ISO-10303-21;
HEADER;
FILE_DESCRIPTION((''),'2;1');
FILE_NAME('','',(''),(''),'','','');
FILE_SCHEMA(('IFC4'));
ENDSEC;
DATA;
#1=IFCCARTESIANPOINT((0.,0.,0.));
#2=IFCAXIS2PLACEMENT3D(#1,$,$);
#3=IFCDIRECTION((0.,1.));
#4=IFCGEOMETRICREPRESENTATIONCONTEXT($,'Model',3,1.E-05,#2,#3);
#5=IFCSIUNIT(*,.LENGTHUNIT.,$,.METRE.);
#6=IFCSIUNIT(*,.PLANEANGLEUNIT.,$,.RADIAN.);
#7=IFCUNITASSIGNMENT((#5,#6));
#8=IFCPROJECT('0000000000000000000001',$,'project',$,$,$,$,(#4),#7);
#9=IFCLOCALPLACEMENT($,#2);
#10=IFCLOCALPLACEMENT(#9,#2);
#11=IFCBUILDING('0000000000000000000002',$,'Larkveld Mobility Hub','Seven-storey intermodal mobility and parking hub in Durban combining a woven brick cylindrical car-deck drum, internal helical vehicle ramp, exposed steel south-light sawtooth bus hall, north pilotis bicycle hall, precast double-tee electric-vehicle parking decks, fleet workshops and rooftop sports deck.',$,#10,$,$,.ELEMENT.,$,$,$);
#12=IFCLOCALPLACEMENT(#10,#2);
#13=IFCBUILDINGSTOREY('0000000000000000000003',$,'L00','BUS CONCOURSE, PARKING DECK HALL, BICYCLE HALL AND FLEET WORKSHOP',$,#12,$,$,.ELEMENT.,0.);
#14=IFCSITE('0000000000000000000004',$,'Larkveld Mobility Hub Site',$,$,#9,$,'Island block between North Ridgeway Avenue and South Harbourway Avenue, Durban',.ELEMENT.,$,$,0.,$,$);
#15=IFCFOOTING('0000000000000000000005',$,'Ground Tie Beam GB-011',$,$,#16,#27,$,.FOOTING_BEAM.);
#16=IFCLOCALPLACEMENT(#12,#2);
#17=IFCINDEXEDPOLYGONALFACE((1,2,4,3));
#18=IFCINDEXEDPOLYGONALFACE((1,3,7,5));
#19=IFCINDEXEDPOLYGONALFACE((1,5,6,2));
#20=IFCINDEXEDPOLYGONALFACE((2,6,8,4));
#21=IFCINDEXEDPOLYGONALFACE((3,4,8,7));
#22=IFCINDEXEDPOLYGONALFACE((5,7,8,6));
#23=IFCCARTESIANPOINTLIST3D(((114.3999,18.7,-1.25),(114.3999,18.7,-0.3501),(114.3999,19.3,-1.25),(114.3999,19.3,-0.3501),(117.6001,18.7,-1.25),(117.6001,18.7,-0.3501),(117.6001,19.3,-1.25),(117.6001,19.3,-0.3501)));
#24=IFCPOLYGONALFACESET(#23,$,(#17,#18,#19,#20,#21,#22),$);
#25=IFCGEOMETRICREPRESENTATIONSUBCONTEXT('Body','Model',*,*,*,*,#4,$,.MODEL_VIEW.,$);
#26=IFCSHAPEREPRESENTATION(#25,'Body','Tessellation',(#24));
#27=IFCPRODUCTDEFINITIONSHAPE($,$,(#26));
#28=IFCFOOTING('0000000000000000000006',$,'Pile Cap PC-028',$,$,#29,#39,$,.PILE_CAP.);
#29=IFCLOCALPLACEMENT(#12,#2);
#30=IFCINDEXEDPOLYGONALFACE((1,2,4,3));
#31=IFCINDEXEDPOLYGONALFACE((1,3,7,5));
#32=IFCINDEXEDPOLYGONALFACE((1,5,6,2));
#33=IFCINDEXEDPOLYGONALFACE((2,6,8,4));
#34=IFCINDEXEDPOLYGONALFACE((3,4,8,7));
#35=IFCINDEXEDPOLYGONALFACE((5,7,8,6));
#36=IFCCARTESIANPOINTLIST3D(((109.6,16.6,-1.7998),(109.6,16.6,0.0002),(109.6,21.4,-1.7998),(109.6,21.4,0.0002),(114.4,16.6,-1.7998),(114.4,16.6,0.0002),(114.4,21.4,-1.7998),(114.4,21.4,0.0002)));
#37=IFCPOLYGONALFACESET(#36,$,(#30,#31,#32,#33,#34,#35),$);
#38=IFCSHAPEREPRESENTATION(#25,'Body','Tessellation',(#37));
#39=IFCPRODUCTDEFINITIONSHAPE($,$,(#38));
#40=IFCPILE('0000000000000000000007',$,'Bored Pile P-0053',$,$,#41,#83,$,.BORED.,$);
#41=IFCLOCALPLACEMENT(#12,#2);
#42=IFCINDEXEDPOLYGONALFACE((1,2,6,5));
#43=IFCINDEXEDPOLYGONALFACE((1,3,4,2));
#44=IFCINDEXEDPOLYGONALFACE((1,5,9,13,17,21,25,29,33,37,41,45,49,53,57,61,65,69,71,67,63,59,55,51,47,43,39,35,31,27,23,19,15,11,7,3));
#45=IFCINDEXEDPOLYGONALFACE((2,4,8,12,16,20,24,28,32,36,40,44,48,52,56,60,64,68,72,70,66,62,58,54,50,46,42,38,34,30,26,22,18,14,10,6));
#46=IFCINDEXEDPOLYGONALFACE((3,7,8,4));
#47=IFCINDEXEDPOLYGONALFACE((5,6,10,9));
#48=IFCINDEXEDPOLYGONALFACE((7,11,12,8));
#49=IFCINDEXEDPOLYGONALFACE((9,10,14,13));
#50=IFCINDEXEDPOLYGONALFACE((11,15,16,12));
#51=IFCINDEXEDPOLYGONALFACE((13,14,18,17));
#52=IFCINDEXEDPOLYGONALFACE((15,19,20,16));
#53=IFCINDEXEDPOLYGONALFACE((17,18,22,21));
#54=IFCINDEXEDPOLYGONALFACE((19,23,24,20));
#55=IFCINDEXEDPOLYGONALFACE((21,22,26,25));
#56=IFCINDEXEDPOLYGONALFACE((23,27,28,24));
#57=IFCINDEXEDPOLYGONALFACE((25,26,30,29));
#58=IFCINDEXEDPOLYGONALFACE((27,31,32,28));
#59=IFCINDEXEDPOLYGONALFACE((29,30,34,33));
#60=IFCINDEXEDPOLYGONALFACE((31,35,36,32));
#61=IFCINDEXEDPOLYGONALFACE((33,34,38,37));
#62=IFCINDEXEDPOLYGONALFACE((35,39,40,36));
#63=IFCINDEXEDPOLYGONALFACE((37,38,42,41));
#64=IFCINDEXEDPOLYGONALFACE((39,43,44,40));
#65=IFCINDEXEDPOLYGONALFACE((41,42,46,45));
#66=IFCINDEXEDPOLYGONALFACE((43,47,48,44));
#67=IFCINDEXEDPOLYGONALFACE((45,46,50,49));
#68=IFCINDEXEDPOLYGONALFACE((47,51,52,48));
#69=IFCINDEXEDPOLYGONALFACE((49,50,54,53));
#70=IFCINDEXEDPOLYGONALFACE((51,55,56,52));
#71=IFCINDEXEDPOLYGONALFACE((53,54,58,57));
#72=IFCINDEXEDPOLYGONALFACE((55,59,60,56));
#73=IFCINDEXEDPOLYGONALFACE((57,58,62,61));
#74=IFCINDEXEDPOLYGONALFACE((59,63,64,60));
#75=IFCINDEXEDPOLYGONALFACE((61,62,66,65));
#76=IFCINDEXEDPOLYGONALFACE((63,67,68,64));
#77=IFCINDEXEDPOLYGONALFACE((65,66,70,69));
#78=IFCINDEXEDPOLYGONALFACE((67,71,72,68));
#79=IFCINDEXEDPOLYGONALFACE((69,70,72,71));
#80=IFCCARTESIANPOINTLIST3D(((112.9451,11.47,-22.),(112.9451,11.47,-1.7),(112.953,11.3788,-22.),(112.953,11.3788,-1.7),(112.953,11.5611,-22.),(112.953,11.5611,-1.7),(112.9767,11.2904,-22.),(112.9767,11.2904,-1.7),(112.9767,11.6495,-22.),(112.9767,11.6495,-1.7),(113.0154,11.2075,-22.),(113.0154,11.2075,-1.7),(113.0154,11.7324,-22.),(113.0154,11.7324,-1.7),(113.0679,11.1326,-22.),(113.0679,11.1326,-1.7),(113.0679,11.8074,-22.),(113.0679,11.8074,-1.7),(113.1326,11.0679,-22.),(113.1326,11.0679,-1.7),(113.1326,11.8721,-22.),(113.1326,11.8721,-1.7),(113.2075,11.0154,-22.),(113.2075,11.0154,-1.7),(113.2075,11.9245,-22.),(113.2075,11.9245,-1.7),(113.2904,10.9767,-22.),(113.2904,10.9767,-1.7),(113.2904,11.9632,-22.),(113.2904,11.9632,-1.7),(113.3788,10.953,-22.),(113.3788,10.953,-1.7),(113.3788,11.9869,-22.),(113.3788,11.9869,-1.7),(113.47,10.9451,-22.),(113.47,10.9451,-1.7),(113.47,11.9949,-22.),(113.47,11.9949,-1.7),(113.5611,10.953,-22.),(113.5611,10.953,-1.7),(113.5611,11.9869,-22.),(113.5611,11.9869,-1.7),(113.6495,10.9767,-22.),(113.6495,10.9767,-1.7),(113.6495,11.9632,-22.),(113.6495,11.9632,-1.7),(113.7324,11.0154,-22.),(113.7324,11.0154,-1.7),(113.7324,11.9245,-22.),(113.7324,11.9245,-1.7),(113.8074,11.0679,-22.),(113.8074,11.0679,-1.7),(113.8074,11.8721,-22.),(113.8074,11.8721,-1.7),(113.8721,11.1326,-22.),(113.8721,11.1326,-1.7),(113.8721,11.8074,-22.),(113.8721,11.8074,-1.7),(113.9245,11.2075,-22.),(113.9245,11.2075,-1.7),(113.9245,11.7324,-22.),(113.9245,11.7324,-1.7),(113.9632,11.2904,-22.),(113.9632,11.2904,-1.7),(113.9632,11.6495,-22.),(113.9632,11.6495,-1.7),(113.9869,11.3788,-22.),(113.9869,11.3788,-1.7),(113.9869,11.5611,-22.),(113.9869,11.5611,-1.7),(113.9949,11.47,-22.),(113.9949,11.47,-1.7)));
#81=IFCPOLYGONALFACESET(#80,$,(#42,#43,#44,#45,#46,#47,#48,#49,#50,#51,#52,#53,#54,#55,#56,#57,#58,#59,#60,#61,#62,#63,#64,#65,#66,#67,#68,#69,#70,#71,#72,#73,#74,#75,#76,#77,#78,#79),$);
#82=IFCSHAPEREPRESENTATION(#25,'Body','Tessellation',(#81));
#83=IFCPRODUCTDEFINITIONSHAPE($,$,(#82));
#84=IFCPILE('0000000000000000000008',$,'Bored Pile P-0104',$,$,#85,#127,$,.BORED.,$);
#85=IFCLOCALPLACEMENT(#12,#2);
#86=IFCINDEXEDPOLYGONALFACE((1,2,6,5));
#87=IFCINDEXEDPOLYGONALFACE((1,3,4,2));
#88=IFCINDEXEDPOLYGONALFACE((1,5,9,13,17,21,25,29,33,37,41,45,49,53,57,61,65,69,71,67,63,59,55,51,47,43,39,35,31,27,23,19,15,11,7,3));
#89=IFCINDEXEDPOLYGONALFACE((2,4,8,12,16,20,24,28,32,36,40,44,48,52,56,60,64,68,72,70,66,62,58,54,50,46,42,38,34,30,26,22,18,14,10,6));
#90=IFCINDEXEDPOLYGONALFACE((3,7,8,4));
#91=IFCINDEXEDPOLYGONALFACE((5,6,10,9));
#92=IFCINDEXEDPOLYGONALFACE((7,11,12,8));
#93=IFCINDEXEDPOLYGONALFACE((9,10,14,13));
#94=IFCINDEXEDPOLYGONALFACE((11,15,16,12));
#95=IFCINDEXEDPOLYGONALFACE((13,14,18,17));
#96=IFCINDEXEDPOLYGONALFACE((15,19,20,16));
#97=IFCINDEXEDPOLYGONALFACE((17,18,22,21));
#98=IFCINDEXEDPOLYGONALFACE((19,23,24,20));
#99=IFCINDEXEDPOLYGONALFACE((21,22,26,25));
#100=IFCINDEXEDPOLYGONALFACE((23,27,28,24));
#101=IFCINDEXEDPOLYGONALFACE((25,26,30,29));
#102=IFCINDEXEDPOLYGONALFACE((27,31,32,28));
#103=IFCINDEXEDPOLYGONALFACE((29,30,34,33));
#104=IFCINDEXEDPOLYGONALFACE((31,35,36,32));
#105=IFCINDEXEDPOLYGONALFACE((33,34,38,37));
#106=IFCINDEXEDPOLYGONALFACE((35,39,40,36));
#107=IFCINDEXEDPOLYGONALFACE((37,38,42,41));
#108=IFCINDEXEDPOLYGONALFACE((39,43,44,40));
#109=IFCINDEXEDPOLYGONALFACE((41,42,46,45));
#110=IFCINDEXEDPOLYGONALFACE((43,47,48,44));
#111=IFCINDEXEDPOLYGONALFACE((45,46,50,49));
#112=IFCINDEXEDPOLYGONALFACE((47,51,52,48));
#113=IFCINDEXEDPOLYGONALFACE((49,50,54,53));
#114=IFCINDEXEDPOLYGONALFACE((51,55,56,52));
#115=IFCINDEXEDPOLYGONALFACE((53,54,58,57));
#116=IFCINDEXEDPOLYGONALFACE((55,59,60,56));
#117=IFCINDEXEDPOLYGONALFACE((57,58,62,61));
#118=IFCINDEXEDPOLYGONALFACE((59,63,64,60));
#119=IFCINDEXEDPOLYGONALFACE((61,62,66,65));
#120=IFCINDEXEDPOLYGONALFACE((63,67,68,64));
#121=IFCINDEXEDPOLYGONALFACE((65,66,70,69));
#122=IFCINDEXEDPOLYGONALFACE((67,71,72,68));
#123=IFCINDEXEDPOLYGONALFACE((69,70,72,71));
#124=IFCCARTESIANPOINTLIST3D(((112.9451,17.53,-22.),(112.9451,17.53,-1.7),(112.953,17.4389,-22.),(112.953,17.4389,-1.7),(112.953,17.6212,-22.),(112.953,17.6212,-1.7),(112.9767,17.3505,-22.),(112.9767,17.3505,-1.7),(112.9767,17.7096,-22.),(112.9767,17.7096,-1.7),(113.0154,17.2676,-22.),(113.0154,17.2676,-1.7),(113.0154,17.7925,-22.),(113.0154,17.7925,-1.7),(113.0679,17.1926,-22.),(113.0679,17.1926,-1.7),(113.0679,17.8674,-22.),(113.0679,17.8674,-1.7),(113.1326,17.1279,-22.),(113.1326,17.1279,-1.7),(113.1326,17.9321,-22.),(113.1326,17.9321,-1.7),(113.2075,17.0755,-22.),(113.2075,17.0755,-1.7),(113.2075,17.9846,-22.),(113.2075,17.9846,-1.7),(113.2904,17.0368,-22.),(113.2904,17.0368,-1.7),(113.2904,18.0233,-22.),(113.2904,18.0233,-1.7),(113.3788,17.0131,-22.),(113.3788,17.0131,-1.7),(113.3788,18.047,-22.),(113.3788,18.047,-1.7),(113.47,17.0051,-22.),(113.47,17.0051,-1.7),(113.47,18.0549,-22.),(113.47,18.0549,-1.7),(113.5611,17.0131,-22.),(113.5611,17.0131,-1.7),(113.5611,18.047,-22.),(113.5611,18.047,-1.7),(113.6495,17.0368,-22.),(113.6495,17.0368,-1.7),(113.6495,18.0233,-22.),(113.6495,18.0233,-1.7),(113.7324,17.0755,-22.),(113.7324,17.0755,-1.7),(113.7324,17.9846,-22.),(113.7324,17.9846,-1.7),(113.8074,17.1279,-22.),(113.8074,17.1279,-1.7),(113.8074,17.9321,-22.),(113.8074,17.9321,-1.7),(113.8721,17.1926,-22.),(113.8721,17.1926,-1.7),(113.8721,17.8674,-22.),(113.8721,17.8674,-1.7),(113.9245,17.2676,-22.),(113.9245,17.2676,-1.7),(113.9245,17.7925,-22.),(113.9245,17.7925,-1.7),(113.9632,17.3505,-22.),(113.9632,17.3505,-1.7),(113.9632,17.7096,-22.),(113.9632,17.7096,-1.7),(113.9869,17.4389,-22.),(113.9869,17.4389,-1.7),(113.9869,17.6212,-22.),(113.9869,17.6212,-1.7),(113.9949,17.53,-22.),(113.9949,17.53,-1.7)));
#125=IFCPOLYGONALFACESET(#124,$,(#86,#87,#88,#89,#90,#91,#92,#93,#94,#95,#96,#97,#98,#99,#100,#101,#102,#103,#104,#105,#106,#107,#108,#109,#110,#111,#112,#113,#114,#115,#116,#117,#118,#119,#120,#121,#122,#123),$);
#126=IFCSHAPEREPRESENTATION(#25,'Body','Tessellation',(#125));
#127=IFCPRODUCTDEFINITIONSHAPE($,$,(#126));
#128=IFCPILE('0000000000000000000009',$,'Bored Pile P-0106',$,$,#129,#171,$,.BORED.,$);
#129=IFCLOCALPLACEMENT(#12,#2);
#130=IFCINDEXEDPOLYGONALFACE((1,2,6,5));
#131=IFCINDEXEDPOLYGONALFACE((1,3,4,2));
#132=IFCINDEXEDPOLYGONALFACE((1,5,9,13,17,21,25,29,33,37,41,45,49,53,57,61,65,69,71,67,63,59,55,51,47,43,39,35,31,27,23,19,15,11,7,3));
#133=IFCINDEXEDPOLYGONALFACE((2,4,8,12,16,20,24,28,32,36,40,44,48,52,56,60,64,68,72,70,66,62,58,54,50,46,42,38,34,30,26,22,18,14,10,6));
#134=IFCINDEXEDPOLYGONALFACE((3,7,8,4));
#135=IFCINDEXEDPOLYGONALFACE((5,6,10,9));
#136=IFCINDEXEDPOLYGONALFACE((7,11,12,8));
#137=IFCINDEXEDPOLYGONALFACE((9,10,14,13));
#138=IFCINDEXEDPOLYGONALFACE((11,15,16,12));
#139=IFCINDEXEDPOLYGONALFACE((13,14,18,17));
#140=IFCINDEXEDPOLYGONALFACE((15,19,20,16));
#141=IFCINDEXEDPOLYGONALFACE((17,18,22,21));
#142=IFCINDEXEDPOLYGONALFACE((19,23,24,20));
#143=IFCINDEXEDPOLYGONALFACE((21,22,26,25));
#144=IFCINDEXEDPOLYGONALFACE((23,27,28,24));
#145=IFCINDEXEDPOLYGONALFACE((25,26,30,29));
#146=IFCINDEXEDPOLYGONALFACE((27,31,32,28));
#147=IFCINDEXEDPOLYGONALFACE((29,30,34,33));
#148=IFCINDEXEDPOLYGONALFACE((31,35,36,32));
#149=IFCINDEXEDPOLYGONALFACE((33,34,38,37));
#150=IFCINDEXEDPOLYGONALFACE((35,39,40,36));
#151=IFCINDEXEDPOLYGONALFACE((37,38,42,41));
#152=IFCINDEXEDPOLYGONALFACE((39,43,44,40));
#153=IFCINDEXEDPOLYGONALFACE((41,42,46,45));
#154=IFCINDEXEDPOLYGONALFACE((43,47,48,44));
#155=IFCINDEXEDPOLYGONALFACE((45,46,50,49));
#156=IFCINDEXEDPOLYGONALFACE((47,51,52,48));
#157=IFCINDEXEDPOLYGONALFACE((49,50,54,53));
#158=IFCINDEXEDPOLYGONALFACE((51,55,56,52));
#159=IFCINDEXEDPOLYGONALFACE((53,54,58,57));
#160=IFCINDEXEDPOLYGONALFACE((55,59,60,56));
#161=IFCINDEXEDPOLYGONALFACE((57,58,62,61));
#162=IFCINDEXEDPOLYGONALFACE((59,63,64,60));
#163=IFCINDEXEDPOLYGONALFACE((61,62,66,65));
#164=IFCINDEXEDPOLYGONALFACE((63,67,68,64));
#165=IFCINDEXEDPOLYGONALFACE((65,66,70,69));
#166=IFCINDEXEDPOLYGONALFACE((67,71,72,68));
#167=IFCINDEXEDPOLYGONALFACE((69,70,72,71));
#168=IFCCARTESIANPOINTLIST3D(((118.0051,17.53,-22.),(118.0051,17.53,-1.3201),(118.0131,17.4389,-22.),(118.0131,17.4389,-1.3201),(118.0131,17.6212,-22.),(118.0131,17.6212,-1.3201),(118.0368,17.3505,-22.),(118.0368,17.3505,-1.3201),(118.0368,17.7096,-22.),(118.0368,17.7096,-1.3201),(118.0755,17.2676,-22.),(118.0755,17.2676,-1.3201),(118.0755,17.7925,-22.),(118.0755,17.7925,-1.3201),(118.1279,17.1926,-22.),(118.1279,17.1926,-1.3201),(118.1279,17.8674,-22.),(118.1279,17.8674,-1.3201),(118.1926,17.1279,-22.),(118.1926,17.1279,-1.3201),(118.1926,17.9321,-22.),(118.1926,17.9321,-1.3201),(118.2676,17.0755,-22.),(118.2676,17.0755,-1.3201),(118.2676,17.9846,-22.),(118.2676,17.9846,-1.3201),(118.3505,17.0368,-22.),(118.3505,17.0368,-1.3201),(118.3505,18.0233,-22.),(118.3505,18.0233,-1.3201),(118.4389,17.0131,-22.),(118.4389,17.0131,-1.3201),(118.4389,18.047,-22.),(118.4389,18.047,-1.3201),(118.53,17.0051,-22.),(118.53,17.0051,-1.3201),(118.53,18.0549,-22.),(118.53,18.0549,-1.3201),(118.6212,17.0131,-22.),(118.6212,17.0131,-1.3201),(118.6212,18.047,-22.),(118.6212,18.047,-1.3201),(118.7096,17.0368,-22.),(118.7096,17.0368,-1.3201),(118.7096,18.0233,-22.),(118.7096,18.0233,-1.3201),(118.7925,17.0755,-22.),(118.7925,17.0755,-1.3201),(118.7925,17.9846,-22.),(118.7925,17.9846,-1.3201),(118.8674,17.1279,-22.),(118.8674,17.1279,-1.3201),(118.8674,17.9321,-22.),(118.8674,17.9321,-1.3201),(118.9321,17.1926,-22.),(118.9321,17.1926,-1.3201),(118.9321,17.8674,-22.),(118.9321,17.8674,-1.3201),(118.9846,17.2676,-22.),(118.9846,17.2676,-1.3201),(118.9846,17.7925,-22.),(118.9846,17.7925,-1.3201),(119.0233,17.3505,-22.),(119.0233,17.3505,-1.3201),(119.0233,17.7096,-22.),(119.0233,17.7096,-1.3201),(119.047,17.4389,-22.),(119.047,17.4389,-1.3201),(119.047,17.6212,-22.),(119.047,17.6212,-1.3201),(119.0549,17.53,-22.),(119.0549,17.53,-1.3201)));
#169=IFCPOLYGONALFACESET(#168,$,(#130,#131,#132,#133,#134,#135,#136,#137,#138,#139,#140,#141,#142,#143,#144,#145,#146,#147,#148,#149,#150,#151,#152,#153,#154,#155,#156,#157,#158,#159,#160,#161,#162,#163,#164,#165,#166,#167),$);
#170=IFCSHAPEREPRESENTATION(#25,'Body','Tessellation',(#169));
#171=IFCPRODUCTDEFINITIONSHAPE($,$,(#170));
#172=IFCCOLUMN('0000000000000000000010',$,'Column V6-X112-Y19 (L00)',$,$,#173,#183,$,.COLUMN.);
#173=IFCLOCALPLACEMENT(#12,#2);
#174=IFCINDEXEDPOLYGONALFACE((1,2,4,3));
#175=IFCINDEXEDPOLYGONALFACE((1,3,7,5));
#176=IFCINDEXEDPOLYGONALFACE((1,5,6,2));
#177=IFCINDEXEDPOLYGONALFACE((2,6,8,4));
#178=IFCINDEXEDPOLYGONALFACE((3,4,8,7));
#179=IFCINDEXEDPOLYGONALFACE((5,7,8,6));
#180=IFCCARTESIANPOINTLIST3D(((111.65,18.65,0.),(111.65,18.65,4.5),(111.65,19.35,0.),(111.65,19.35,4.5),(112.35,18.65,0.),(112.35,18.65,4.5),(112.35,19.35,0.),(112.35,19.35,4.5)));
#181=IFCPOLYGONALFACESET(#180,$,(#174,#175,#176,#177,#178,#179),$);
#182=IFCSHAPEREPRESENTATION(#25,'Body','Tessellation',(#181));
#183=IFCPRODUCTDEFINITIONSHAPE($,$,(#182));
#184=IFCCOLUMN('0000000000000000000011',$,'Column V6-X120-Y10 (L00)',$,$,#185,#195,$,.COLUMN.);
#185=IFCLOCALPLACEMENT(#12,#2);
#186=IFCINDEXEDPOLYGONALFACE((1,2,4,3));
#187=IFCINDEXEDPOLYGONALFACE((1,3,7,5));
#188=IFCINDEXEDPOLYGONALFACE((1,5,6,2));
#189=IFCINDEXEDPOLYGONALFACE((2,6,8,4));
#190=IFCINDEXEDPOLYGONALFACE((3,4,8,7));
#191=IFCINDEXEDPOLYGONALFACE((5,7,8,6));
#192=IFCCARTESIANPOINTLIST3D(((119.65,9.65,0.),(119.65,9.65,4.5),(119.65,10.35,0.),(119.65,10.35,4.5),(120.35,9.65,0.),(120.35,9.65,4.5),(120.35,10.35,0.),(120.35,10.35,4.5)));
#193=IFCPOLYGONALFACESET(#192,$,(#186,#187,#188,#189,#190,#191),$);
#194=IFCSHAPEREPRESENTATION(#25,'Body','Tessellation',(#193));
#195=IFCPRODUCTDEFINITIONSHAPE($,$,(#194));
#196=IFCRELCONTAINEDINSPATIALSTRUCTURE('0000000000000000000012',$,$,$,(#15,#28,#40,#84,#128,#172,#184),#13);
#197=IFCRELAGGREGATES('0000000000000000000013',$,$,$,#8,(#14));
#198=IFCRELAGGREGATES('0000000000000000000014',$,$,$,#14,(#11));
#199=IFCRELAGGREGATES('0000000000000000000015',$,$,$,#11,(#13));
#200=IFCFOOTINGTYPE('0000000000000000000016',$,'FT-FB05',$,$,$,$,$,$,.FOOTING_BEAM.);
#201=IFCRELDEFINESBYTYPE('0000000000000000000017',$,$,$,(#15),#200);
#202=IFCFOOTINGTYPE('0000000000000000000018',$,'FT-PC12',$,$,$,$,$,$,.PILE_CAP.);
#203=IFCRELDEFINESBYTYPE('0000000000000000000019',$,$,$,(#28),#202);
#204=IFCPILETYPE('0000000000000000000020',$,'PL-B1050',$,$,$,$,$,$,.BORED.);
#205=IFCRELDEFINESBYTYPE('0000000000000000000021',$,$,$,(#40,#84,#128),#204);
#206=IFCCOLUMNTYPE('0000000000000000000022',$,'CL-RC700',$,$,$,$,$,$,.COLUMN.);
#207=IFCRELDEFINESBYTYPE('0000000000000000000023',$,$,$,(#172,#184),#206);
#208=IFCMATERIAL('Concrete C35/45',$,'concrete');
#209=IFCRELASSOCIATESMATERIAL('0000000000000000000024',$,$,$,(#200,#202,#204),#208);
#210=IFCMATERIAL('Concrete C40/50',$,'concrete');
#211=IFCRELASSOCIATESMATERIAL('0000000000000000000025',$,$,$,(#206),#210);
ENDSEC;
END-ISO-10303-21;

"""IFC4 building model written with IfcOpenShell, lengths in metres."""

from ifc_helpers import new_model, si_unit, direction, frame, origin, origin_2d, place, context, subcontext, project, spatial, rectangle, circle, extrude, material, material_profile, profile_set, type_object, element, save


model = new_model("IFC4")

# Units and contexts
model_context = context("Model", 3, precision=1e-05, world=origin(), true_north=direction((0.0, 1.0)))
body_context = subcontext(model_context, "Body", "Model", "MODEL_VIEW")
ifc_project = project(units=[si_unit("LENGTHUNIT", "METRE"), si_unit("PLANEANGLEUNIT", "RADIAN")], contexts=[model_context])

# Site, building, storey
site_placement = place(None, origin())
site = spatial("IfcSite", under=ifc_project, at=site_placement, Name="Larkveld Mobility Hub Site", LongName="Island block between North Ridgeway Avenue and South Harbourway Avenue, Durban", CompositionType="ELEMENT", RefElevation=0.0)
building_placement = place(site_placement, origin())
building = spatial("IfcBuilding", under=site, at=building_placement, Name="Larkveld Mobility Hub", Description="Seven-storey intermodal mobility and parking hub in Durban combining a woven brick cylindrical car-deck drum, internal helical vehicle ramp, exposed steel south-light sawtooth bus hall, north pilotis bicycle hall, precast double-tee electric-vehicle parking decks, fleet workshops and rooftop sports deck.", CompositionType="ELEMENT")
storey_placement = place(building_placement, origin())
storey = spatial("IfcBuildingStorey", under=building, at=storey_placement, Name="L00", Description="BUS CONCOURSE, PARKING DECK HALL, BICYCLE HALL AND FLEET WORKSHOP", CompositionType="ELEMENT", Elevation=0.0)

# Footings
ifc_material_1 = material(Name="Concrete C35/45", Category="concrete")
ifc_material_profile_1 = material_profile(ifc_material_1, rectangle(XDim=0.6001, YDim=0.8999, at=origin_2d()), Name="RC BM 600x900")
ifc_profile_set_1 = profile_set([ifc_material_profile_1], Name="Concrete C35/45")
footing_type_1 = type_object("IfcFootingType", Name="FT-FB05", PredefinedType="FOOTING_BEAM", material=ifc_profile_set_1)
footing_1_placement = place(storey_placement, frame((114.3999, 19.0, -0.8), z_axis=(1.0, 0.0, 0.0), x_axis=(0.0, 1.0, 0.0)))
element("IfcFooting", 1, at=footing_1_placement, inside=storey, type_object=footing_type_1, Name="Ground Tie Beam GB-011", PredefinedType="FOOTING_BEAM", context=body_context, shape_type="SweptSolid", body=[
    extrude(rectangle(XDim=0.6001, YDim=0.8999, at=origin_2d()), origin(), (0.0, 0.0, 1.0), 3.2002),
])
footing_type_2 = type_object("IfcFootingType", Name="FT-PC12", PredefinedType="PILE_CAP", material=ifc_material_1)
footing_2_placement = place(storey_placement, frame((112.0, 19.0, -1.7998), z_axis=(0.0, 0.0, 1.0), x_axis=(1.0, 0.0, 0.0)))
element("IfcFooting", 2, at=footing_2_placement, inside=storey, type_object=footing_type_2, Name="Pile Cap PC-028", PredefinedType="PILE_CAP", context=body_context, shape_type="SweptSolid", body=[
    extrude(rectangle(XDim=4.8, YDim=4.8, at=origin_2d()), origin(), (0.0, 0.0, 1.0), 1.8),
])

# Piles
ifc_material_profile_2 = material_profile(ifc_material_1, circle(Radius=0.5249, at=origin_2d()), Name="PILE D1050")
ifc_profile_set_2 = profile_set([ifc_material_profile_2], Name="Concrete C35/45")
pile_type = type_object("IfcPileType", Name="PL-B1050", PredefinedType="BORED", material=ifc_profile_set_2)
for number, where, z_axis, x_axis, name in (
    (3, (113.47, 11.47, -1.7), (0.0, 0.0, -1.0), (1.0, 0.0, 0.0), "Bored Pile P-0053"),
    (4, (113.47, 17.53, -1.7), (0.0, 0.0, -1.0), (1.0, 0.0, 0.0), "Bored Pile P-0104"),
):
    element("IfcPile", number, at=place(storey_placement, frame(where, z_axis=z_axis, x_axis=x_axis)), inside=storey, type_object=pile_type, Name=name, PredefinedType="BORED", context=body_context, shape_type="SweptSolid", body=[
        extrude(circle(Radius=0.5249, at=origin_2d()), origin(), (0.0, 0.0, 1.0), 20.3),
    ])
pile_placement = place(storey_placement, frame((118.53, 17.53, -1.3201), z_axis=(0.0, 0.0, -1.0), x_axis=(1.0, 0.0, 0.0)))
element("IfcPile", 5, at=pile_placement, inside=storey, type_object=pile_type, Name="Bored Pile P-0106", PredefinedType="BORED", context=body_context, shape_type="SweptSolid", body=[
    extrude(circle(Radius=0.5249, at=origin_2d()), origin(), (0.0, 0.0, 1.0), 20.6799),
])

# Columns
ifc_material_2 = material(Name="Concrete C40/50", Category="concrete")
ifc_material_profile_3 = material_profile(ifc_material_2, rectangle(XDim=0.7, YDim=0.7, at=origin_2d()), Name="RC COL 700x700")
ifc_profile_set_3 = profile_set([ifc_material_profile_3], Name="Concrete C40/50")
column_type = type_object("IfcColumnType", Name="CL-RC700", PredefinedType="COLUMN", material=ifc_profile_set_3)
for number, where, z_axis, x_axis, name in (
    (6, (112.0, 19.0, 0.0), (0.0, 0.0, 1.0), (1.0, 0.0, 0.0), "Column V6-X112-Y19 (L00)"),
    (7, (120.0, 10.0, 0.0), (0.0, 0.0, 1.0), (1.0, 0.0, 0.0), "Column V6-X120-Y10 (L00)"),
):
    element("IfcColumn", number, at=place(storey_placement, frame(where, z_axis=z_axis, x_axis=x_axis)), inside=storey, type_object=column_type, Name=name, PredefinedType="COLUMN", context=body_context, shape_type="SweptSolid", body=[
        extrude(rectangle(XDim=0.7, YDim=0.7, at=origin_2d()), origin(), (0.0, 0.0, 1.0), 4.5),
    ])

save(model, "model.ifc")
